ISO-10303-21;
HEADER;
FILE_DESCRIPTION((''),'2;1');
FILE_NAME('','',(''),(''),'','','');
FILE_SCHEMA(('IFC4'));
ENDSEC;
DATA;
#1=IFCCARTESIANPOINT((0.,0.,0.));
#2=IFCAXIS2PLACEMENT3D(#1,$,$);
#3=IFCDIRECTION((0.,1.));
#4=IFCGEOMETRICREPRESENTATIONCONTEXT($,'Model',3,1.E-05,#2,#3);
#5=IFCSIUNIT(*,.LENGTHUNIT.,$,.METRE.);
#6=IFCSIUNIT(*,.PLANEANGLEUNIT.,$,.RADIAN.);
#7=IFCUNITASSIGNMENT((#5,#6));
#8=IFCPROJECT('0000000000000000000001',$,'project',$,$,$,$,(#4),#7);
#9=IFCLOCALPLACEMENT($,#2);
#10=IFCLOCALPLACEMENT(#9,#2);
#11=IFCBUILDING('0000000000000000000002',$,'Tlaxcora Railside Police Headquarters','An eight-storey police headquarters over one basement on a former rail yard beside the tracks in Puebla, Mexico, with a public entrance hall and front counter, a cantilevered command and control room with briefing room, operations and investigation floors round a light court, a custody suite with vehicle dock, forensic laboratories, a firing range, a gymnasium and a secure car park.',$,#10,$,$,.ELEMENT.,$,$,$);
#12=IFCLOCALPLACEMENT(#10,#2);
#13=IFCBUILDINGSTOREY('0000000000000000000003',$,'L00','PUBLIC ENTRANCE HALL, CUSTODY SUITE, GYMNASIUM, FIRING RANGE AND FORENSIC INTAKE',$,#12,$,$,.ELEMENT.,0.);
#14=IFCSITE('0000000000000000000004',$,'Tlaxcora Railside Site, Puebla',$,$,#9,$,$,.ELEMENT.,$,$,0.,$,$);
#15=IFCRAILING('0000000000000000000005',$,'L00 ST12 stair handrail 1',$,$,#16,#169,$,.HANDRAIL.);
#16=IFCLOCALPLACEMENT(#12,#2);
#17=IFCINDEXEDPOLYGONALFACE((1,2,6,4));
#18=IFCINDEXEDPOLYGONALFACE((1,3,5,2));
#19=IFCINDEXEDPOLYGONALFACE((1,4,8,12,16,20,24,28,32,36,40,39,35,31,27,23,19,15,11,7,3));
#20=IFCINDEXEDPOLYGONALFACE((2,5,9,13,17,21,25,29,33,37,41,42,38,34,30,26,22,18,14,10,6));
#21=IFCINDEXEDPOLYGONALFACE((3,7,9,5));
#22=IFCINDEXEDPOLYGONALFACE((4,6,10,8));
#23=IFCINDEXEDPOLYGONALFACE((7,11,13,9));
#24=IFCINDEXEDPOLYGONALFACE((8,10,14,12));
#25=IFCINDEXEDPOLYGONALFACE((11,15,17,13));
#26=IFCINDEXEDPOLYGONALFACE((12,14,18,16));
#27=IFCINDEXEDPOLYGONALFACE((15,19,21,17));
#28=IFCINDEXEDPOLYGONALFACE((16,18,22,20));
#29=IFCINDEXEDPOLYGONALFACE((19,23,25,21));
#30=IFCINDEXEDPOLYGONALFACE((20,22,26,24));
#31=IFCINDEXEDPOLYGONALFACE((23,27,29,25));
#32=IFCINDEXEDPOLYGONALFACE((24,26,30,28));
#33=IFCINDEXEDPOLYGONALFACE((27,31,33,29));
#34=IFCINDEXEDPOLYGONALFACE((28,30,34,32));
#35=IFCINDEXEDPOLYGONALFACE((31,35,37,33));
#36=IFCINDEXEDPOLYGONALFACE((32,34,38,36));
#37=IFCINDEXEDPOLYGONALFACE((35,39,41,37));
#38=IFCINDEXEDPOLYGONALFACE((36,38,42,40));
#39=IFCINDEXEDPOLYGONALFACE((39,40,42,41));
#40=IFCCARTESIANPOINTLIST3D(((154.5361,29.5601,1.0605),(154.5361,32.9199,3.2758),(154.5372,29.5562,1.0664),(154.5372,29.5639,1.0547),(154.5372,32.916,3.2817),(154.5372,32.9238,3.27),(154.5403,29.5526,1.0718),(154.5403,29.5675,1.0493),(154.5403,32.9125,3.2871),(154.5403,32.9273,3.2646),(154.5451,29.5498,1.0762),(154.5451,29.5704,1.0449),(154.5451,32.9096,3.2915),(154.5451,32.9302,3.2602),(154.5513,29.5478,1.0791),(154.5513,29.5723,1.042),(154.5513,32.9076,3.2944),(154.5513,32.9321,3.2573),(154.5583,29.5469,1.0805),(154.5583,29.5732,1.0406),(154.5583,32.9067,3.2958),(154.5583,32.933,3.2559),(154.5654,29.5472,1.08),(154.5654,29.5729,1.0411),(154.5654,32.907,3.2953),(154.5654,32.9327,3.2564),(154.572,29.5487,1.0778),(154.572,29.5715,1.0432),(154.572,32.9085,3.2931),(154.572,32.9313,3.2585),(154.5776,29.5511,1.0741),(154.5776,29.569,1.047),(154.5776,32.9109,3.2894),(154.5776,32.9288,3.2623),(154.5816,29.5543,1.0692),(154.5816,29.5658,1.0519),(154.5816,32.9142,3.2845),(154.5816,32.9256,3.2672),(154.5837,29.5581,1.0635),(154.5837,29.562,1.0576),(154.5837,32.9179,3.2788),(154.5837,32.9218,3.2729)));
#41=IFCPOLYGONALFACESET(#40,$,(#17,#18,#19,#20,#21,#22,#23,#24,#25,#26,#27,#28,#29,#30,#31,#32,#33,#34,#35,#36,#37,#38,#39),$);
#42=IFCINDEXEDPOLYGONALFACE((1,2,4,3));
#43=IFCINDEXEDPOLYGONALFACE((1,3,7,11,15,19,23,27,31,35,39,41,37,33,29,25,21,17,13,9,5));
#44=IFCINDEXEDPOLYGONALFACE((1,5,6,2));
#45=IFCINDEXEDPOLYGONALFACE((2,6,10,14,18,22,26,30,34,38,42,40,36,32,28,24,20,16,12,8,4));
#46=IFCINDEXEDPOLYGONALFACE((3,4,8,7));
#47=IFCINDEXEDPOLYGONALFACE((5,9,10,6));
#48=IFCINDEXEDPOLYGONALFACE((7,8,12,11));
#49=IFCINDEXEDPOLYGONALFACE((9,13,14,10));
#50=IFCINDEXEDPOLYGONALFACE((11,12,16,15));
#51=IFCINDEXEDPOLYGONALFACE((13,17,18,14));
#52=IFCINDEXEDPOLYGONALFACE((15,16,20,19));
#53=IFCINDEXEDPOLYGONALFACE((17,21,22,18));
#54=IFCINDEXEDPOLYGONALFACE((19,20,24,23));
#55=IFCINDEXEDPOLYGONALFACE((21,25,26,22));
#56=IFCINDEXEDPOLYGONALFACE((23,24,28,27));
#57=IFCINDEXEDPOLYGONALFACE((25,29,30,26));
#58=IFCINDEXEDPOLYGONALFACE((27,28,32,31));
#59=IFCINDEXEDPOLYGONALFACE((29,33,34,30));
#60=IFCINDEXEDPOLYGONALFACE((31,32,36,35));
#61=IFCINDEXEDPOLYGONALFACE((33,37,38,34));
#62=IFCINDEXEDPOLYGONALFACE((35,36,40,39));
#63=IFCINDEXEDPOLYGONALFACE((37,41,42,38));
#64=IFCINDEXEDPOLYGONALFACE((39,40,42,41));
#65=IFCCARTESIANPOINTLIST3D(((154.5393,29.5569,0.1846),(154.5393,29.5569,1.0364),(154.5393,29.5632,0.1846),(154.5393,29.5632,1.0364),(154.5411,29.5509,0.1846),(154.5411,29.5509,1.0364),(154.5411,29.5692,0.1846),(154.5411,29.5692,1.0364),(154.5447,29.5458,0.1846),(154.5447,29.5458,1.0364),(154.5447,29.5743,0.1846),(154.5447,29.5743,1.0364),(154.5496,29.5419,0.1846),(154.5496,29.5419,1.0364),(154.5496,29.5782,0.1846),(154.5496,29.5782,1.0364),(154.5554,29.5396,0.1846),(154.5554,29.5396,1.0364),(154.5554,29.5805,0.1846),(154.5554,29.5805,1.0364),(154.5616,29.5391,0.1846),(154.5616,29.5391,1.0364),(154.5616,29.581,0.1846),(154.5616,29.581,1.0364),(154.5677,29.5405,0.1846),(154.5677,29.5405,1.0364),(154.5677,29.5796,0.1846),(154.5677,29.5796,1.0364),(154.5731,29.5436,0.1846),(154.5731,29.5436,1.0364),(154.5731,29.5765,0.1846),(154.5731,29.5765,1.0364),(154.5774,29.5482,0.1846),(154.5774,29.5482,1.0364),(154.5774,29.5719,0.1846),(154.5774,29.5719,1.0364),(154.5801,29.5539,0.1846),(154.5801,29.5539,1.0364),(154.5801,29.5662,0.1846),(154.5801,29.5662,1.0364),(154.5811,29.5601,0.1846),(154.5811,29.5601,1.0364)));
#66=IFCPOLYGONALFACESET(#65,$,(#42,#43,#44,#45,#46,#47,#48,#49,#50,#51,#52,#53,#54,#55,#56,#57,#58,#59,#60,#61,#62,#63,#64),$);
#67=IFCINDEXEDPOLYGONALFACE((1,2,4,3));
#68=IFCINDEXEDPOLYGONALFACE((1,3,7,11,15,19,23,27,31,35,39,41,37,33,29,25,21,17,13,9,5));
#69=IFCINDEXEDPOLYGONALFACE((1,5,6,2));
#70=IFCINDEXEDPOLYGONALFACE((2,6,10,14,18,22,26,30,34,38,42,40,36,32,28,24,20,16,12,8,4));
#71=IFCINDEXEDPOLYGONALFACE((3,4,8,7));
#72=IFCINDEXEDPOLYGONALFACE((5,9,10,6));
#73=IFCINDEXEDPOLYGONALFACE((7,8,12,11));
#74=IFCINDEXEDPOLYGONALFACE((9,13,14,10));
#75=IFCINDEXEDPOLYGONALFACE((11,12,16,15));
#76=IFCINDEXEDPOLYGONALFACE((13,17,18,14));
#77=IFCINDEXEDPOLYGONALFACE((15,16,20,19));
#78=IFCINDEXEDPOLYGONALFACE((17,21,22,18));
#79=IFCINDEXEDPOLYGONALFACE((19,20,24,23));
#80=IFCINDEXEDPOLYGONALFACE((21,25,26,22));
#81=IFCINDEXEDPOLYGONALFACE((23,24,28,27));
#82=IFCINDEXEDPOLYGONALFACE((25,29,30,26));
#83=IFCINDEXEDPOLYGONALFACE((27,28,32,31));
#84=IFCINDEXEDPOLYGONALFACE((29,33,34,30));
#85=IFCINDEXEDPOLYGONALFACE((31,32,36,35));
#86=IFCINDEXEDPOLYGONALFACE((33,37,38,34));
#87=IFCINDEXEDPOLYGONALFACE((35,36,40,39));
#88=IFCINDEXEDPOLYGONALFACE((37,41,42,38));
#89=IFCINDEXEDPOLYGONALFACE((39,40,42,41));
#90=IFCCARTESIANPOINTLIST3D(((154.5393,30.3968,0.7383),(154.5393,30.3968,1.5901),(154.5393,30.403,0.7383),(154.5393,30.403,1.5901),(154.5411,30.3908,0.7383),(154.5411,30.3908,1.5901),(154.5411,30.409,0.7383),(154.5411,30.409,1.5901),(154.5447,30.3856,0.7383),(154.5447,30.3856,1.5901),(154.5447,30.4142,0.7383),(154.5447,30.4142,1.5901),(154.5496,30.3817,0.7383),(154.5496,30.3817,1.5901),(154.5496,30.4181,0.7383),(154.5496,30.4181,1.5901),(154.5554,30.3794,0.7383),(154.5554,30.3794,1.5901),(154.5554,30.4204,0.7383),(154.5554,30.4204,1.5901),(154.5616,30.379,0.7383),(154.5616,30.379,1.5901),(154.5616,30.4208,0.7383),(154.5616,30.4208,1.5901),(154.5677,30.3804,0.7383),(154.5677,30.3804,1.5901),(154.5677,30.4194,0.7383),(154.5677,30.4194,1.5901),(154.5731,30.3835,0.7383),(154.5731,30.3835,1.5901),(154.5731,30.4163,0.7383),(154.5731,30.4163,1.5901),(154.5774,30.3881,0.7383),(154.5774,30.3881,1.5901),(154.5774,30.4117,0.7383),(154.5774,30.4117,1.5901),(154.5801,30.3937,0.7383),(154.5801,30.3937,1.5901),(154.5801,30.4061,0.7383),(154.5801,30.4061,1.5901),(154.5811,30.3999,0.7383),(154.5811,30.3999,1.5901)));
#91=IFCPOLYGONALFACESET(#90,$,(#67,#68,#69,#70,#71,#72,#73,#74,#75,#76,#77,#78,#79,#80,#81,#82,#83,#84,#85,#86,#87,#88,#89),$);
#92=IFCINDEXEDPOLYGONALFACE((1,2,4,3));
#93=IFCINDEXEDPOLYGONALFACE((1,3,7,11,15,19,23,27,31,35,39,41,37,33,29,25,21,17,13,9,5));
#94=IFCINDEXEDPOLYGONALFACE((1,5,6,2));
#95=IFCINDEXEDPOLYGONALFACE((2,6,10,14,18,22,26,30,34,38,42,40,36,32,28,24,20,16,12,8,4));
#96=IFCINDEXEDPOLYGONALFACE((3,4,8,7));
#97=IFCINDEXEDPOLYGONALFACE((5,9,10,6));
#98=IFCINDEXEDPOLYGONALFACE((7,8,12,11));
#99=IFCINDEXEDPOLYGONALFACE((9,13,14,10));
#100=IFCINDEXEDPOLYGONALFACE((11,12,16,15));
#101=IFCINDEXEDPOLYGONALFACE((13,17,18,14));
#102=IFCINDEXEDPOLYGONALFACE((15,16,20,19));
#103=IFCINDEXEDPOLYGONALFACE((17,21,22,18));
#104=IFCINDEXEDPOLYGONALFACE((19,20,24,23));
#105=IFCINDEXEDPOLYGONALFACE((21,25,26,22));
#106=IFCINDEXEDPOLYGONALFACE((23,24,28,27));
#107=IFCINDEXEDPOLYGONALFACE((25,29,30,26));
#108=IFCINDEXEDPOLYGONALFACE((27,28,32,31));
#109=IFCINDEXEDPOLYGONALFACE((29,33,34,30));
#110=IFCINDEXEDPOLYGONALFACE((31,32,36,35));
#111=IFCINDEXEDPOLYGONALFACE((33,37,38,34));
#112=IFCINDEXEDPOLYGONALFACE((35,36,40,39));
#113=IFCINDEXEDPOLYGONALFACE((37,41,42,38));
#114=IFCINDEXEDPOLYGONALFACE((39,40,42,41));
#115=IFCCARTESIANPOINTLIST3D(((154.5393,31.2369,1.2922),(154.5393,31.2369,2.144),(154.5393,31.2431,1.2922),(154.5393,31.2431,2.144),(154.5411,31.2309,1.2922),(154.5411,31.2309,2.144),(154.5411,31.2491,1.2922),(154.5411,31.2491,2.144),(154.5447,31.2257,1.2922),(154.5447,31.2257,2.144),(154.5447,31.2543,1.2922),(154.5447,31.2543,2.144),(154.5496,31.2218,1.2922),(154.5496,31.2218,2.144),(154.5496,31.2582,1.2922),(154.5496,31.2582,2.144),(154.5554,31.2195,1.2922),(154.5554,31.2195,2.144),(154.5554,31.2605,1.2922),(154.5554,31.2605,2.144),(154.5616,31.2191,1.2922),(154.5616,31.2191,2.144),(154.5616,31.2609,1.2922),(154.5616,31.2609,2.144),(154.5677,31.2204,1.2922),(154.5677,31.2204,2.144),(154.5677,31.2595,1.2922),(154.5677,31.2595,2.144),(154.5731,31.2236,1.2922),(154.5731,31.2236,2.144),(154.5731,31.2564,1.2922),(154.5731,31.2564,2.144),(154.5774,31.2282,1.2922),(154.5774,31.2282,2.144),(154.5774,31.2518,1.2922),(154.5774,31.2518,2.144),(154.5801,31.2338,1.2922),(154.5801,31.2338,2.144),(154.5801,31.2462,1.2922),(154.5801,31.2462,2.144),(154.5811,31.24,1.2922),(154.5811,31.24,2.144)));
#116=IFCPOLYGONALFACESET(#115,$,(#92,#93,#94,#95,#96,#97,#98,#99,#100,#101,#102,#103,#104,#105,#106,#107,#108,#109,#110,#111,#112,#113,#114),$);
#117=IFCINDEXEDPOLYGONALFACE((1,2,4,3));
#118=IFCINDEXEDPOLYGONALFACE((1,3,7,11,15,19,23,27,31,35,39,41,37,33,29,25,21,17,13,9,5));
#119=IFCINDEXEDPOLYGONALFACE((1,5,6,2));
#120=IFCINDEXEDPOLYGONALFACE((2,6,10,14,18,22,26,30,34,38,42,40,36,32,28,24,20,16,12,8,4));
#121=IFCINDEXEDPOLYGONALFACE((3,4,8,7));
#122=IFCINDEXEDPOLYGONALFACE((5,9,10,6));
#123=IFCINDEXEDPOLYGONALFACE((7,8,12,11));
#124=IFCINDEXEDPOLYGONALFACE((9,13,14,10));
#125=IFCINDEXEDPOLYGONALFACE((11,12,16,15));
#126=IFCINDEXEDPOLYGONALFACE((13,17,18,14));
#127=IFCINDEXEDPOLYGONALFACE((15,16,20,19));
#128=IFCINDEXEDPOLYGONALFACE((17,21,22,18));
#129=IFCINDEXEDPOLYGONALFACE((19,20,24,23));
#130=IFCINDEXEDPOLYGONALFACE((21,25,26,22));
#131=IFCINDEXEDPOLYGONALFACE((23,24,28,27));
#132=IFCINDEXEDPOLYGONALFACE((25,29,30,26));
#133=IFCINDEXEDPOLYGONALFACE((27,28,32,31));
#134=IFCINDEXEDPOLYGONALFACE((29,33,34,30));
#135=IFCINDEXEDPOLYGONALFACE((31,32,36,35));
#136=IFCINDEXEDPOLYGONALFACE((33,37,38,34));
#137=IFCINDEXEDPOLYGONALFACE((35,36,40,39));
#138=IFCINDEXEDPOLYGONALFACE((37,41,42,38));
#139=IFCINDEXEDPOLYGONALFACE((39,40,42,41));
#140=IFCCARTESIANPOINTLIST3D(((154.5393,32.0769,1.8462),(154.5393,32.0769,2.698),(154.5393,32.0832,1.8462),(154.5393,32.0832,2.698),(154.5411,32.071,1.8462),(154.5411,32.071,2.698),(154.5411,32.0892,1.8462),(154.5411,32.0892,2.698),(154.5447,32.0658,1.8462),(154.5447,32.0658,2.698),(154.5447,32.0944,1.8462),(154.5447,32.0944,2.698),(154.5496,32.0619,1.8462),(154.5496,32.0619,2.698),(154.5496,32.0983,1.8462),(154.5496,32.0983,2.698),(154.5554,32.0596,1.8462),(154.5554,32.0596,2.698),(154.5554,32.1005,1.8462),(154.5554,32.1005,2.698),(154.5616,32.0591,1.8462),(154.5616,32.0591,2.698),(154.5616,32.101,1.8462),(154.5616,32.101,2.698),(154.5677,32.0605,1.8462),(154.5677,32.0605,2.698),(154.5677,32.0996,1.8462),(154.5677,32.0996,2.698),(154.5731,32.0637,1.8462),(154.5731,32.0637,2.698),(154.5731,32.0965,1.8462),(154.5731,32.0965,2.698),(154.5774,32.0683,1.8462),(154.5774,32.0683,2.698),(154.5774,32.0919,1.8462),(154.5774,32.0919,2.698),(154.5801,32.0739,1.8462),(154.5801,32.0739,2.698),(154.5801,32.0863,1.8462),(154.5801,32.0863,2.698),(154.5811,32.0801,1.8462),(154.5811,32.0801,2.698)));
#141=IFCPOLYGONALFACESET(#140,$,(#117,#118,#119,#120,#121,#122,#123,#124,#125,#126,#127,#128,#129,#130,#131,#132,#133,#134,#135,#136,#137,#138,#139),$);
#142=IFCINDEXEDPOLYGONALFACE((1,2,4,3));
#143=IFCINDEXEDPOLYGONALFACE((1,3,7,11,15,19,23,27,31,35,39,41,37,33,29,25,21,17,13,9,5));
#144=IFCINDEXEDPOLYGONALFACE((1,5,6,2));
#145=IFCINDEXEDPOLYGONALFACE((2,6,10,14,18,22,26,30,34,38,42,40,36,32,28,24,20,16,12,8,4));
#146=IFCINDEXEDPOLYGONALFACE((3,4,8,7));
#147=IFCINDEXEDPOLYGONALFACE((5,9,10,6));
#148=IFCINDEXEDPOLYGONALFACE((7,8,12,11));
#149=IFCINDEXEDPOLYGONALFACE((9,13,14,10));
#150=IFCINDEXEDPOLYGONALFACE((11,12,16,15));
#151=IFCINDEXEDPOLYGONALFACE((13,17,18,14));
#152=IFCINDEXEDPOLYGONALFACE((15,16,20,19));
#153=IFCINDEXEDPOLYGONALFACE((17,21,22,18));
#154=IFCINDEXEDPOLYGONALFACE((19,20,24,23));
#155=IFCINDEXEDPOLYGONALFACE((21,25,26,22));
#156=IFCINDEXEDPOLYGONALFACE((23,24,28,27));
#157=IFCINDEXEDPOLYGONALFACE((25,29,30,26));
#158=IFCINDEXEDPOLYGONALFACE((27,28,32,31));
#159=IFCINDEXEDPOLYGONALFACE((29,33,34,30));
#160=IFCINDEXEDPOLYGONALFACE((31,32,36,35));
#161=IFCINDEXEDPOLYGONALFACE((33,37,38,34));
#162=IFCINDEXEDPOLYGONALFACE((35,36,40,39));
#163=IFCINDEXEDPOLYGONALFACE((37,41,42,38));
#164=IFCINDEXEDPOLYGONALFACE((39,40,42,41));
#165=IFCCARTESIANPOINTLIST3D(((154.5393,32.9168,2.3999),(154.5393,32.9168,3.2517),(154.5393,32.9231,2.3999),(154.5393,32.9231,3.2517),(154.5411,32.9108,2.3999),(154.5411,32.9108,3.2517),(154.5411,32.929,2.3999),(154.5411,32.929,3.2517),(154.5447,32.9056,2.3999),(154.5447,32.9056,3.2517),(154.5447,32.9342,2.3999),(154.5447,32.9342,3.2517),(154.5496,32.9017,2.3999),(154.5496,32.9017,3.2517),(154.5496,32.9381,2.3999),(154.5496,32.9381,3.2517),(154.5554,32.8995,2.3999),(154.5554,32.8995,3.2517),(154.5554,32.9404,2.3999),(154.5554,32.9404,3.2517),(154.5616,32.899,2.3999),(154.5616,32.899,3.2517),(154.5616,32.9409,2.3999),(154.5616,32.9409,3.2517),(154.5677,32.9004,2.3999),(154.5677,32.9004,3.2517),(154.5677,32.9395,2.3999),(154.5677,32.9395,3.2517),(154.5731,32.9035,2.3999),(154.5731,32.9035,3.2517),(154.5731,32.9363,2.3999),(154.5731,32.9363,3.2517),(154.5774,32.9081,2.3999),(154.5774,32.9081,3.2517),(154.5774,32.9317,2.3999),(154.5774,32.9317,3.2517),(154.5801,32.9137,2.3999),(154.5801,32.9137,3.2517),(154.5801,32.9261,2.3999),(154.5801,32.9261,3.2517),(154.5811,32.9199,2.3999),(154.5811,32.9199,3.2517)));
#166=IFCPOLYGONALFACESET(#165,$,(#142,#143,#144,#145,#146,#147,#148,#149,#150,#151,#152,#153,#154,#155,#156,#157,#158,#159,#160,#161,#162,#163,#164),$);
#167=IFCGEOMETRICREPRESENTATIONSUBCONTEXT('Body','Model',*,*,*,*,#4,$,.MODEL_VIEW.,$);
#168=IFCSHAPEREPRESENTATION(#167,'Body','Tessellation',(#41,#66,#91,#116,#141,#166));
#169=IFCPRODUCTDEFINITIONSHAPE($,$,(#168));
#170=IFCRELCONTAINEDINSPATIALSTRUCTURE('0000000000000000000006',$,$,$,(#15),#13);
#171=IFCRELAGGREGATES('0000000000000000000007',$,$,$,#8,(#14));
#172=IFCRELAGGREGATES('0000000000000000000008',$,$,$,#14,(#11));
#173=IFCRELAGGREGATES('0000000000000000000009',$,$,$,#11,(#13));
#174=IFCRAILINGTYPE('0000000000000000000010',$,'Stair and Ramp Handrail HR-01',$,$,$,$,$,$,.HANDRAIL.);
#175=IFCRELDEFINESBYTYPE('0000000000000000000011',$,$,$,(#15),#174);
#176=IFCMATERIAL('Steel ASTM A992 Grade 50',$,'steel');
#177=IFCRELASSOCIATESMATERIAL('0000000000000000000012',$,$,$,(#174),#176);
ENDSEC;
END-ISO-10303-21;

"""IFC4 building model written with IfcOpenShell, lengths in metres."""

from ifc_helpers import new_model, si_unit, direction, frame, origin, origin_2d, place, context, subcontext, project, spatial, circle, extrude, material, type_object, element, save


model = new_model("IFC4")

# Units and contexts
model_context = context("Model", 3, precision=1e-05, world=origin(), true_north=direction((0.0, 1.0)))
body_context = subcontext(model_context, "Body", "Model", "MODEL_VIEW")
ifc_project = project(units=[si_unit("LENGTHUNIT", "METRE"), si_unit("PLANEANGLEUNIT", "RADIAN")], contexts=[model_context])

# Site, building, storey
site_placement = place(None, origin())
site = spatial("IfcSite", under=ifc_project, at=site_placement, Name="Tlaxcora Railside Site, Puebla", CompositionType="ELEMENT", RefElevation=0.0)
building_placement = place(site_placement, origin())
building = spatial("IfcBuilding", under=site, at=building_placement, Name="Tlaxcora Railside Police Headquarters", Description="An eight-storey police headquarters over one basement on a former rail yard beside the tracks in Puebla, Mexico, with a public entrance hall and front counter, a cantilevered command and control room with briefing room, operations and investigation floors round a light court, a custody suite with vehicle dock, forensic laboratories, a firing range, a gymnasium and a secure car park.", CompositionType="ELEMENT")
storey_placement = place(building_placement, origin())
storey = spatial("IfcBuildingStorey", under=building, at=storey_placement, Name="L00", Description="PUBLIC ENTRANCE HALL, CUSTODY SUITE, GYMNASIUM, FIRING RANGE AND FORENSIC INTAKE", CompositionType="ELEMENT", Elevation=0.0)

# Shared definitions
ifc_material_1 = material(Name="Steel ASTM A992 Grade 50", Category="steel")

# Railing
railing_type_1 = type_object("IfcRailingType", Name="Stair and Ramp Handrail HR-01", PredefinedType="HANDRAIL", material=ifc_material_1)
railing_1_placement = place(storey_placement, frame((154.5601, 29.5601, 0.1846)))
element("IfcRailing", 1, at=railing_1_placement, inside=storey, type_object=railing_type_1, Name="L00 ST12 stair handrail 1", PredefinedType="HANDRAIL", context=body_context, shape_type="SweptSolid", body=[
    extrude(circle(Radius=0.0239, at=origin_2d()), frame((0.0, 0.0, 0.876), z_axis=(0.0, 0.834858, 0.550465), x_axis=(-1.0, 0.0, 0.0)), (0.0, 0.0, 1.0), 4.0244),
    extrude(circle(Radius=0.021, at=origin_2d()), origin(), (0.0, 0.0, 1.0), 0.8518),
    extrude(circle(Radius=0.021, at=origin_2d()), frame((0.0, 0.8398, 0.5537)), (0.0, 0.0, 1.0), 0.8518),
    extrude(circle(Radius=0.021, at=origin_2d()), frame((0.0, 1.6799, 1.1077)), (0.0, 0.0, 1.0), 0.8518),
    extrude(circle(Radius=0.021, at=origin_2d()), frame((0.0, 2.52, 1.6616)), (0.0, 0.0, 1.0), 0.8518),
    extrude(circle(Radius=0.021, at=origin_2d()), frame((0.0, 3.3599, 2.2153)), (0.0, 0.0, 1.0), 0.8518),
])

save(model, "model.ifc")
